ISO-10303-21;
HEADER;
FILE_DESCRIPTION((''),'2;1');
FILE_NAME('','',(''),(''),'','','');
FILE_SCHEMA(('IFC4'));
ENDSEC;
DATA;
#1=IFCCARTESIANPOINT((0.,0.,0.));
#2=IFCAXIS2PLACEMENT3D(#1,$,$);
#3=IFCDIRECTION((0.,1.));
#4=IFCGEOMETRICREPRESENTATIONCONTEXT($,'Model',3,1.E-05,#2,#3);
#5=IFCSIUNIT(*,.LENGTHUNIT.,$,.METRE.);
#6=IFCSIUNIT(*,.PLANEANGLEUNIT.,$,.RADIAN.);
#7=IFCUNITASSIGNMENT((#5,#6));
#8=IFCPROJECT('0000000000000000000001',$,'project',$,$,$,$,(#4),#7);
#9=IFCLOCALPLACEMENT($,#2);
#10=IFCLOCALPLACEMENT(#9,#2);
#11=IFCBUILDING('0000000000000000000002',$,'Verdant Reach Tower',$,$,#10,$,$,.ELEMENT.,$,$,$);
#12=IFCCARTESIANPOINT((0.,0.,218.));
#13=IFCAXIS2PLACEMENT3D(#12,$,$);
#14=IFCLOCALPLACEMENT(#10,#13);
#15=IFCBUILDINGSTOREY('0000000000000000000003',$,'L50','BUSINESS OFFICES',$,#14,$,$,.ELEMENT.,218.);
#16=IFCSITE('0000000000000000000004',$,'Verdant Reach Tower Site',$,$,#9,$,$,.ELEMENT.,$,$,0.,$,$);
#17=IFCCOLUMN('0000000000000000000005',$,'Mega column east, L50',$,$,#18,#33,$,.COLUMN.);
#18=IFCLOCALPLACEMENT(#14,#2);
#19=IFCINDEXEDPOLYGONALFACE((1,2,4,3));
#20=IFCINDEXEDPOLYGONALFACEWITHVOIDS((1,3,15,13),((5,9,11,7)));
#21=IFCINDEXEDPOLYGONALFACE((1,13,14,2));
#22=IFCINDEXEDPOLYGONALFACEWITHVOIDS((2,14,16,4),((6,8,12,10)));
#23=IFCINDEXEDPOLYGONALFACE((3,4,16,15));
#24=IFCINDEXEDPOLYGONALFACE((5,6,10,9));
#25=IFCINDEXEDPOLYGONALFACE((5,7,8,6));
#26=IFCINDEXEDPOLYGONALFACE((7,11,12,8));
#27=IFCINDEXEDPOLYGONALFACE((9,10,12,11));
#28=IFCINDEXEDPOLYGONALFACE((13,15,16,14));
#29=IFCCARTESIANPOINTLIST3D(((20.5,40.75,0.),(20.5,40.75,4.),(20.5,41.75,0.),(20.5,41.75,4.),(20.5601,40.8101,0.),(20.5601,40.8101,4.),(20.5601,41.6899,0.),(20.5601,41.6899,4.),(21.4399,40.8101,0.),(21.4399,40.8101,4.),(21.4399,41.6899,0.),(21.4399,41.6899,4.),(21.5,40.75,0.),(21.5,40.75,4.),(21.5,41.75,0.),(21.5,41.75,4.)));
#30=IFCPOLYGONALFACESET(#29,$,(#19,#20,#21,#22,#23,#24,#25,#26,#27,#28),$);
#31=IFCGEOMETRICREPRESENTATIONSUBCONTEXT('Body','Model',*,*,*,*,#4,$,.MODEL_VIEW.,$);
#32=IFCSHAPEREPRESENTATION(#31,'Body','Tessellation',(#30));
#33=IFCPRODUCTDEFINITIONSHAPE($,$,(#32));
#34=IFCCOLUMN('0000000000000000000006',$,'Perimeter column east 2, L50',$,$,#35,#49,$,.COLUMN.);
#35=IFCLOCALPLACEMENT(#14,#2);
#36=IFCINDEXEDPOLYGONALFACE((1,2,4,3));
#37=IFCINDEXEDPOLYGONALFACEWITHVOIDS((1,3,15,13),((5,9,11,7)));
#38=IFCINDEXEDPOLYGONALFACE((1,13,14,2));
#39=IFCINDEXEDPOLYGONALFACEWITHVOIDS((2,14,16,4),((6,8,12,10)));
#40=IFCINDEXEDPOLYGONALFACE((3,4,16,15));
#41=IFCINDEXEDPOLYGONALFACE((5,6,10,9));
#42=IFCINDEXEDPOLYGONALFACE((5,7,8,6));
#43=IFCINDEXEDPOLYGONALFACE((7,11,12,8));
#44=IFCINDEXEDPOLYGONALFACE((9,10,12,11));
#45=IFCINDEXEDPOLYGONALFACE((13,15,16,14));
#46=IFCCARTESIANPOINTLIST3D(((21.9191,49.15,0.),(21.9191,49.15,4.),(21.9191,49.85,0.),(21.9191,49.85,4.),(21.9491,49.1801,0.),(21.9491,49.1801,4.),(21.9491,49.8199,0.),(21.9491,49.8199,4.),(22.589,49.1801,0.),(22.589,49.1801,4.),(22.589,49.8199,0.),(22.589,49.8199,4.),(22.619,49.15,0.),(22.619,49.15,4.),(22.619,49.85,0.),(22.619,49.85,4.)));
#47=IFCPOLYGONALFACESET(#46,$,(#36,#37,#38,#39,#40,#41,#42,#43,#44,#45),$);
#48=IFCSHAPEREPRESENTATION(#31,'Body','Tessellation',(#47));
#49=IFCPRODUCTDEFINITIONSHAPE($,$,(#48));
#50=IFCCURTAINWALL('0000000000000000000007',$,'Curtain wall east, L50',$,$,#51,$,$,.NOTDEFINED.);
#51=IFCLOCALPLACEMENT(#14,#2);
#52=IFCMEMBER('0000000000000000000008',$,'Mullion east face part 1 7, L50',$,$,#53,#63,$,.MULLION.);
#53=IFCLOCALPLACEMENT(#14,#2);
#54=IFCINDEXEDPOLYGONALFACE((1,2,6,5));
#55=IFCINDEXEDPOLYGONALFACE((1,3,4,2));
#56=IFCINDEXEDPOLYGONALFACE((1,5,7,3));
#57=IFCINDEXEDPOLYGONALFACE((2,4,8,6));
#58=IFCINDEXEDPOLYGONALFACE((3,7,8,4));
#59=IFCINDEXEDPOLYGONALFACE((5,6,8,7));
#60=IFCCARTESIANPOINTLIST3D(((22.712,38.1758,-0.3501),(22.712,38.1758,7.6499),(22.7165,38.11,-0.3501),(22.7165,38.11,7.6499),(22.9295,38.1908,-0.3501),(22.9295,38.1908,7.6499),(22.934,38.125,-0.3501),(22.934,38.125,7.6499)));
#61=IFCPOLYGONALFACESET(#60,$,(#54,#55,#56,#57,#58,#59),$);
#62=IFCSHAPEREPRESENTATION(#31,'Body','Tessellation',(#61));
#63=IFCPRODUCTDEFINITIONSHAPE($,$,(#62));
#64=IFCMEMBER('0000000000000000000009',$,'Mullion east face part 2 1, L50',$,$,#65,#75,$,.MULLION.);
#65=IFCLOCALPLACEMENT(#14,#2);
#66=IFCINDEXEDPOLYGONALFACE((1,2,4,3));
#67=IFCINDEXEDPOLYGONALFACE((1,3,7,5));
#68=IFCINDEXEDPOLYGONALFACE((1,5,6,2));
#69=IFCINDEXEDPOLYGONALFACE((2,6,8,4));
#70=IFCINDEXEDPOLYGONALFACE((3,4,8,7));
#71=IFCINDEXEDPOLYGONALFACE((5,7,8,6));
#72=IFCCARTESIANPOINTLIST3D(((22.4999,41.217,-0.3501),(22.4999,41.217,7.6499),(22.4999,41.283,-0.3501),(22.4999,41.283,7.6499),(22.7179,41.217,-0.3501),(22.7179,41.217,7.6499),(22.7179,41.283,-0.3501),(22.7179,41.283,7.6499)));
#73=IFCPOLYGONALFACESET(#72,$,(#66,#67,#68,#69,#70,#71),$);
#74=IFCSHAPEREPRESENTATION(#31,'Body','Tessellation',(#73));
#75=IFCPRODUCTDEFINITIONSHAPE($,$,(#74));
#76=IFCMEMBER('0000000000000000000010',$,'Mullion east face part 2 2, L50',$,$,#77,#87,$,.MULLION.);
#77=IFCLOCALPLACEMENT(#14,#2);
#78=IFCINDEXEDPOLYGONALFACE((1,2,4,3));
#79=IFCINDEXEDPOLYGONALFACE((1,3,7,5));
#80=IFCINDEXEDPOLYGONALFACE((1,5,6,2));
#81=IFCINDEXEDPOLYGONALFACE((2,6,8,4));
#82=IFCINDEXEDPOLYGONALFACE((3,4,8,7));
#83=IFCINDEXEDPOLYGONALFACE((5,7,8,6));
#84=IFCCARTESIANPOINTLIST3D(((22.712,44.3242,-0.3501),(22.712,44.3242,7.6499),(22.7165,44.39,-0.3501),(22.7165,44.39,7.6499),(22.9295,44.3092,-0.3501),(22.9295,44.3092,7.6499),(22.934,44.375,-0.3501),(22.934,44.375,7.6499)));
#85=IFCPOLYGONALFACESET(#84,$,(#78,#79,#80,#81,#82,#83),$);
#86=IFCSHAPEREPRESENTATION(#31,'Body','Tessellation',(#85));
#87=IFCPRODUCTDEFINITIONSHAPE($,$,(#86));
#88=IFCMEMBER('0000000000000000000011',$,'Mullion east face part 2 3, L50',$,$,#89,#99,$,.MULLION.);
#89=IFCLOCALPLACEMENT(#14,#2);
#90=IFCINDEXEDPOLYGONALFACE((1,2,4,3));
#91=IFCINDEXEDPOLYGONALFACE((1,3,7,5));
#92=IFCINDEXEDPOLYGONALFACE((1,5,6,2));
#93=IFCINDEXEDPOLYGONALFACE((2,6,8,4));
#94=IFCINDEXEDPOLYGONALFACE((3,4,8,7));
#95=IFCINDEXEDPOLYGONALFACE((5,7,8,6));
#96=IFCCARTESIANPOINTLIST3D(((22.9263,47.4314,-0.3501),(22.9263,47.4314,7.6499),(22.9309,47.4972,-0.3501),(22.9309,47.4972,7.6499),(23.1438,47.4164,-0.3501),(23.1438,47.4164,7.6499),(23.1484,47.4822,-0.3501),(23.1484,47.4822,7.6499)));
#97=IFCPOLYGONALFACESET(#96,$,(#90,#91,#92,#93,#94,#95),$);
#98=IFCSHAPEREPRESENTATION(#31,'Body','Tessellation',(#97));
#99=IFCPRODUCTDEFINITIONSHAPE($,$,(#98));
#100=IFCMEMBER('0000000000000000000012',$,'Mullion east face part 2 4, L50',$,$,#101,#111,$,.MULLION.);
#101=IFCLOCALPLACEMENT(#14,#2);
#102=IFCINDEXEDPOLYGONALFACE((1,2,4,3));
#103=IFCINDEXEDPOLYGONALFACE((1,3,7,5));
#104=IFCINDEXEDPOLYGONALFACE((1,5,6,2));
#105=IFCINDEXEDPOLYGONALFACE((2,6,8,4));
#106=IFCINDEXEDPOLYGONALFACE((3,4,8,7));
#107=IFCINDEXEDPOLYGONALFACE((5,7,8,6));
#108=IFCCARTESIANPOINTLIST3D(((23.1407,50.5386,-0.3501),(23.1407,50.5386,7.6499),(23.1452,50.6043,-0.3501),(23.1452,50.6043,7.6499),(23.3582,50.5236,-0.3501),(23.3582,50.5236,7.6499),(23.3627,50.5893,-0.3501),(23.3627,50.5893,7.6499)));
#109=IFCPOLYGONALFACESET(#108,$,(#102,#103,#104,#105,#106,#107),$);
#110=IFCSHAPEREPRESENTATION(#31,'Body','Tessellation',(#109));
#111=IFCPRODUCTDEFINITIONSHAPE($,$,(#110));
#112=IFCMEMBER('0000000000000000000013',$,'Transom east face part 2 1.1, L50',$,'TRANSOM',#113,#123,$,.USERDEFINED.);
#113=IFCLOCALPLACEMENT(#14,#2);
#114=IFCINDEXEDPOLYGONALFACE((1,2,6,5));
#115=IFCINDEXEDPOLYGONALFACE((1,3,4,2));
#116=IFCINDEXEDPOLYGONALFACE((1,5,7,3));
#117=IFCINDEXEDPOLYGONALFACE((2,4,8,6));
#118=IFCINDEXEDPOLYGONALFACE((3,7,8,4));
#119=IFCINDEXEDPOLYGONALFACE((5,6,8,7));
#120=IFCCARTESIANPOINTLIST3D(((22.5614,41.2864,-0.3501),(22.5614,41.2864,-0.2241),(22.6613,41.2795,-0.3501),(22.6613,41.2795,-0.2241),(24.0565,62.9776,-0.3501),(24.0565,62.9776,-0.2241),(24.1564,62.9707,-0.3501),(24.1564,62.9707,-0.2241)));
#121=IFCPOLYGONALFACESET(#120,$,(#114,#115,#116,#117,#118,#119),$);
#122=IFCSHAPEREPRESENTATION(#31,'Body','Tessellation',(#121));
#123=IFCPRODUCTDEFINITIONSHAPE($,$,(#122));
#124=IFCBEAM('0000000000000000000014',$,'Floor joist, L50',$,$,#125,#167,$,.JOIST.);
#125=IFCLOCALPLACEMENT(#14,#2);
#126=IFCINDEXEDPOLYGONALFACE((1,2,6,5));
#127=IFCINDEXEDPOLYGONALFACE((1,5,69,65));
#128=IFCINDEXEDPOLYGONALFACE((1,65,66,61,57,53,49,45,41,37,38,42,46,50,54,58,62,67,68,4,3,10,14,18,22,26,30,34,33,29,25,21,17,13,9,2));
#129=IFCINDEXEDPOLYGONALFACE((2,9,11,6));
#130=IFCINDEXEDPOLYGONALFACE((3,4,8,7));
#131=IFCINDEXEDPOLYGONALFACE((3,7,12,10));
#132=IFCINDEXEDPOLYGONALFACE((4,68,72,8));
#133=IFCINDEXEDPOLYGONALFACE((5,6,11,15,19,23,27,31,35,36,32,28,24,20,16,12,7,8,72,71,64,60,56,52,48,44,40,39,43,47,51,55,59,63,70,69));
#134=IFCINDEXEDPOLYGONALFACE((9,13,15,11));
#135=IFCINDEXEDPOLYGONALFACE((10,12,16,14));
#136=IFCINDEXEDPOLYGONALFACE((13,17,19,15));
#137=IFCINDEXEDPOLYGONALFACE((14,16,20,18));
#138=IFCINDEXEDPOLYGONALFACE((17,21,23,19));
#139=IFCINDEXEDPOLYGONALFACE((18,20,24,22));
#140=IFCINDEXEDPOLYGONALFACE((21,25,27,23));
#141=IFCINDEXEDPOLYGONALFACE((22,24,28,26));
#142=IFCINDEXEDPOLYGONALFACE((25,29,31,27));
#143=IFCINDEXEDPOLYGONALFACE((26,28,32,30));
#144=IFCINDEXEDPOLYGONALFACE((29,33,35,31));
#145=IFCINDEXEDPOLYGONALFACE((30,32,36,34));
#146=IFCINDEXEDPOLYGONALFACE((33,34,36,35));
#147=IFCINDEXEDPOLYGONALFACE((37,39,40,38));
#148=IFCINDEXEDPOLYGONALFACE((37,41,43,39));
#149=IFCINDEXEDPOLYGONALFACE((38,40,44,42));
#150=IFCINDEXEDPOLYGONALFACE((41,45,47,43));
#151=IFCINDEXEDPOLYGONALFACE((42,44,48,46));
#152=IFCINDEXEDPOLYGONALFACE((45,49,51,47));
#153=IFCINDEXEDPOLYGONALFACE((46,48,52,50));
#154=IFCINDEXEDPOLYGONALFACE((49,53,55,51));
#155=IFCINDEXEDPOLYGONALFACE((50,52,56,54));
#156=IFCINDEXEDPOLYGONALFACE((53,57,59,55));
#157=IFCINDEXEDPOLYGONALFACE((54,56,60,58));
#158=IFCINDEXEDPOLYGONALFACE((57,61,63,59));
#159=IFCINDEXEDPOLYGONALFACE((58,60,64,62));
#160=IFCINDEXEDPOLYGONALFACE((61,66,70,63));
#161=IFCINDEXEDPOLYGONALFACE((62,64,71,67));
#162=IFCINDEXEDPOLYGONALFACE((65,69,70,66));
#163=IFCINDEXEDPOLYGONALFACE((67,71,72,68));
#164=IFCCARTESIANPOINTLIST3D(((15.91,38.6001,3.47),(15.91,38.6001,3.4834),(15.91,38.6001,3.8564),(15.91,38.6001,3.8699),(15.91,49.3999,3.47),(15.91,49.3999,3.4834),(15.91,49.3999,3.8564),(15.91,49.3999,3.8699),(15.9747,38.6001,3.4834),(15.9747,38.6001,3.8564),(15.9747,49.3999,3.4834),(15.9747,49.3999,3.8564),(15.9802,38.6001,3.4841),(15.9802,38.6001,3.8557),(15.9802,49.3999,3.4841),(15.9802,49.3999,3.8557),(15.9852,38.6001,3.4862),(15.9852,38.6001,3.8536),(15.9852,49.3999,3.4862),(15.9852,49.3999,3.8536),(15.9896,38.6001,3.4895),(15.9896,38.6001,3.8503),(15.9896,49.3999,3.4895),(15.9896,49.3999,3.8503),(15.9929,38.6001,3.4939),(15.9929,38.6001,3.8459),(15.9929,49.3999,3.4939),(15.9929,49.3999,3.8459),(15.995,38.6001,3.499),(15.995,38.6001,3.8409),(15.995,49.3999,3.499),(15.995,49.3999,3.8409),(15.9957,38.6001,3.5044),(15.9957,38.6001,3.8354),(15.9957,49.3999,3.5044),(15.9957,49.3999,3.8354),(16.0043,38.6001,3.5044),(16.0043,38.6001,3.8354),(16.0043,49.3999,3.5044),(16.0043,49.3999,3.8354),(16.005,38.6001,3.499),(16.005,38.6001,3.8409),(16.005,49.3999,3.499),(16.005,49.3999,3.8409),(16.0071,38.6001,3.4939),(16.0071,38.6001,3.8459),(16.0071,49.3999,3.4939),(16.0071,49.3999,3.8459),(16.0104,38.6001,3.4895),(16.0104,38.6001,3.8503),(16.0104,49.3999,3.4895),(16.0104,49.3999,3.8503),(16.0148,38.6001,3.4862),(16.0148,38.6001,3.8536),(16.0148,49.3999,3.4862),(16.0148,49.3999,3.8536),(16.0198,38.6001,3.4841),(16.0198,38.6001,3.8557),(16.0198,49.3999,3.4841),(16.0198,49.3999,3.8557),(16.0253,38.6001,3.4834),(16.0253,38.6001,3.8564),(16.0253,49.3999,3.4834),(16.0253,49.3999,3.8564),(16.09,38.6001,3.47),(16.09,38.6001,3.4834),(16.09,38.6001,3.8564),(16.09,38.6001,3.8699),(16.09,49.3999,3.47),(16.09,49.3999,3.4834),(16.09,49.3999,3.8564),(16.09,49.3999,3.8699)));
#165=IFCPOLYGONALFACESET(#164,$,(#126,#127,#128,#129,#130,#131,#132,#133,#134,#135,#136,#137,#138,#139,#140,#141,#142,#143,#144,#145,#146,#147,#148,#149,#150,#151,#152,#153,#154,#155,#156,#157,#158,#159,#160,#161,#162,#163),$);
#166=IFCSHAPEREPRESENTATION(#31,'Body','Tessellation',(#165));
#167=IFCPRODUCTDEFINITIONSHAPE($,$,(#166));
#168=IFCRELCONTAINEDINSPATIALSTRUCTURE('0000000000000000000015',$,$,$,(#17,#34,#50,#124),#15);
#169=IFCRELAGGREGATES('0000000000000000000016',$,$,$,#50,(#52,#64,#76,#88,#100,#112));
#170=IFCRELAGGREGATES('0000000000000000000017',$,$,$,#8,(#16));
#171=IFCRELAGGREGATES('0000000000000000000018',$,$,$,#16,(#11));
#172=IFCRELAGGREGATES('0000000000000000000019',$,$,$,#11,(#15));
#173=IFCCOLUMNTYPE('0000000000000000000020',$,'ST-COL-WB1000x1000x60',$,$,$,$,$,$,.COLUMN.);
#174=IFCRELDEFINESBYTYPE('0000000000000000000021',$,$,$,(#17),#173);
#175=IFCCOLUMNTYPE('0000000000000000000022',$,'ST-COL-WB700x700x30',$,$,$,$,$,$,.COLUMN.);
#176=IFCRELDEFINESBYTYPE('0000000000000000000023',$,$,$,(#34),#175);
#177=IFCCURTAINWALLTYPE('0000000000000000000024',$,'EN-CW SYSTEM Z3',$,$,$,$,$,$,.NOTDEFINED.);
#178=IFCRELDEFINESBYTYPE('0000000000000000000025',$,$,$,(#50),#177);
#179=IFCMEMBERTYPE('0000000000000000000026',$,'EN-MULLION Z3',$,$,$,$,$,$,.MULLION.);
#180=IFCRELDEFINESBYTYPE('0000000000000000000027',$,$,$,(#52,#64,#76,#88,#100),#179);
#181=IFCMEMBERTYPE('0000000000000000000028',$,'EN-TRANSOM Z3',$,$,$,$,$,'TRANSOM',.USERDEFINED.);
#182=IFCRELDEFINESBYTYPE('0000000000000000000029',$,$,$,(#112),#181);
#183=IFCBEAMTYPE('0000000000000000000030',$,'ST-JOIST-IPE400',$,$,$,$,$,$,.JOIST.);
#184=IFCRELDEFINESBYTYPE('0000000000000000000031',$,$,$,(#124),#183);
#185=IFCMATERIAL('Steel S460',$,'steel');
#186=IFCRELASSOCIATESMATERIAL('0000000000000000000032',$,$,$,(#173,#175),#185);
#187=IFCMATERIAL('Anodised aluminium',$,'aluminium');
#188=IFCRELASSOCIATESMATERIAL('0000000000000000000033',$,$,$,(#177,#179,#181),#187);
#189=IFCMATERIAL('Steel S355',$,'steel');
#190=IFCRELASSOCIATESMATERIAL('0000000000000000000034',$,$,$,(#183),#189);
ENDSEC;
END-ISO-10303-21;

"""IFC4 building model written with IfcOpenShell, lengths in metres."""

from ifc_helpers import new_model, si_unit, direction, frame, origin, origin_2d, place, context, subcontext, project, spatial, rectangle, hollow_rectangle, i_section, extrude, material, material_profile, profile_set, type_object, element, aggregate, save


model = new_model("IFC4")

# Units and contexts
model_context = context("Model", 3, precision=1e-05, world=origin(), true_north=direction((0.0, 1.0)))
body_context = subcontext(model_context, "Body", "Model", "MODEL_VIEW")
ifc_project = project(units=[si_unit("LENGTHUNIT", "METRE"), si_unit("PLANEANGLEUNIT", "RADIAN")], contexts=[model_context])

# Site, building, storey
site_placement = place(None, origin())
site = spatial("IfcSite", under=ifc_project, at=site_placement, Name="Verdant Reach Tower Site", CompositionType="ELEMENT", RefElevation=0.0)
building_placement = place(site_placement, origin())
building = spatial("IfcBuilding", under=site, at=building_placement, Name="Verdant Reach Tower", CompositionType="ELEMENT")
storey_placement = place(building_placement, frame((0.0, 0.0, 218.0)))
storey = spatial("IfcBuildingStorey", under=building, at=storey_placement, Name="L50", Description="BUSINESS OFFICES", CompositionType="ELEMENT", Elevation=218.0)

# Columns
ifc_material_1 = material(Name="Steel S460", Category="steel")
ifc_material_profile_1 = material_profile(ifc_material_1, hollow_rectangle(XDim=1.0, YDim=1.0, WallThickness=0.0601, at=origin_2d()), Name="WB 1000x1000x60")
ifc_profile_set_1 = profile_set([ifc_material_profile_1], Name="Steel S460")
column_type_1 = type_object("IfcColumnType", Name="ST-COL-WB1000x1000x60", PredefinedType="COLUMN", material=ifc_profile_set_1)
column_1_placement = place(storey_placement, frame((21.0, 41.25, 0.0), z_axis=(0.0, 0.0, 1.0), x_axis=(1.0, 0.0, 0.0)))
element("IfcColumn", 1, at=column_1_placement, inside=storey, type_object=column_type_1, Name="Mega column east, L50", PredefinedType="COLUMN", context=body_context, shape_type="SweptSolid", body=[
    extrude(hollow_rectangle(XDim=1.0, YDim=1.0, WallThickness=0.0601, at=origin_2d()), origin(), (0.0, 0.0, 1.0), 4.0),
])
ifc_material_profile_2 = material_profile(ifc_material_1, hollow_rectangle(XDim=0.7, YDim=0.7, WallThickness=0.03, at=origin_2d()), Name="WB 700x700x30")
ifc_profile_set_2 = profile_set([ifc_material_profile_2], Name="Steel S460")
column_type_2 = type_object("IfcColumnType", Name="ST-COL-WB700x700x30", PredefinedType="COLUMN", material=ifc_profile_set_2)
column_2_placement = place(storey_placement, frame((22.269, 49.5, 0.0), z_axis=(0.0, 0.0, 1.0), x_axis=(1.0, 0.0, 0.0)))
element("IfcColumn", 2, at=column_2_placement, inside=storey, type_object=column_type_2, Name="Perimeter column east 2, L50", PredefinedType="COLUMN", context=body_context, shape_type="SweptSolid", body=[
    extrude(hollow_rectangle(XDim=0.7, YDim=0.7, WallThickness=0.03, at=origin_2d()), origin(), (0.0, 0.0, 1.0), 4.0),
])

# Curtain wall, members
ifc_material_2 = material(Name="Anodised aluminium", Category="aluminium")
curtain_wall_type = type_object("IfcCurtainWallType", Name="EN-CW SYSTEM Z3", PredefinedType="NOTDEFINED", material=ifc_material_2)
curtain_wall_placement = place(storey_placement, origin())
curtain_wall = element("IfcCurtainWall", 3, at=curtain_wall_placement, inside=storey, type_object=curtain_wall_type, Name="Curtain wall east, L50", PredefinedType="NOTDEFINED")
ifc_material_profile_3 = material_profile(ifc_material_2, rectangle(XDim=0.218, YDim=0.0659, at=origin_2d()), Name="Mullion 66x218")
ifc_profile_set_3 = profile_set([ifc_material_profile_3], Name="Anodised aluminium")
member_type_1 = type_object("IfcMemberType", Name="EN-MULLION Z3", PredefinedType="MULLION", material=ifc_profile_set_3)
member_1_placement = place(storey_placement, frame((22.823, 38.1504, -0.3501), z_axis=(0.0, 0.0, 1.0), x_axis=(0.99763, 0.068802, 0.0)))
member_1 = element("IfcMember", 4, at=member_1_placement, type_object=member_type_1, Name="Mullion east face part 1 7, L50", PredefinedType="MULLION", context=body_context, shape_type="SweptSolid", body=[
    extrude(rectangle(XDim=0.218, YDim=0.0659, at=origin_2d()), origin(), (0.0, 0.0, 1.0), 8.0),
])
member_2_placement = place(storey_placement, frame((22.6089, 41.25, -0.3501), z_axis=(0.0, 0.0, 1.0), x_axis=(1.0, 0.0, 0.0)))
member_2 = element("IfcMember", 5, at=member_2_placement, type_object=member_type_1, Name="Mullion east face part 2 1, L50", PredefinedType="MULLION", context=body_context, shape_type="SweptSolid", body=[
    extrude(rectangle(XDim=0.218, YDim=0.0659, at=origin_2d()), origin(), (0.0, 0.0, 1.0), 8.0),
])
member_3_placement = place(storey_placement, frame((22.823, 44.3496, -0.3501), z_axis=(0.0, 0.0, 1.0), x_axis=(0.99763, -0.068802, 0.0)))
member_3 = element("IfcMember", 6, at=member_3_placement, type_object=member_type_1, Name="Mullion east face part 2 2, L50", PredefinedType="MULLION", context=body_context, shape_type="SweptSolid", body=[
    extrude(rectangle(XDim=0.218, YDim=0.0659, at=origin_2d()), origin(), (0.0, 0.0, 1.0), 8.0),
])
member_4_placement = place(storey_placement, frame((23.0374, 47.4568, -0.3501), z_axis=(0.0, 0.0, 1.0), x_axis=(0.99763, -0.068802, 0.0)))
member_4 = element("IfcMember", 7, at=member_4_placement, type_object=member_type_1, Name="Mullion east face part 2 3, L50", PredefinedType="MULLION", context=body_context, shape_type="SweptSolid", body=[
    extrude(rectangle(XDim=0.218, YDim=0.0659, at=origin_2d()), origin(), (0.0, 0.0, 1.0), 8.0),
])
member_5_placement = place(storey_placement, frame((23.2517, 50.564, -0.3501), z_axis=(0.0, 0.0, 1.0), x_axis=(0.99763, -0.068802, 0.0)))
member_5 = element("IfcMember", 8, at=member_5_placement, type_object=member_type_1, Name="Mullion east face part 2 4, L50", PredefinedType="MULLION", context=body_context, shape_type="SweptSolid", body=[
    extrude(rectangle(XDim=0.218, YDim=0.0659, at=origin_2d()), origin(), (0.0, 0.0, 1.0), 8.0),
])
ifc_material_profile_4 = material_profile(ifc_material_2, rectangle(XDim=0.1001, YDim=0.126, at=origin_2d()), Name="Transom 126x100")
ifc_profile_set_4 = profile_set([ifc_material_profile_4], Name="Anodised aluminium")
member_type_2 = type_object("IfcMemberType", Name="EN-TRANSOM Z3", ElementType="TRANSOM", PredefinedType="USERDEFINED", material=ifc_profile_set_4)
member_6_placement = place(storey_placement, frame((22.6113, 41.283, -0.2871), z_axis=(0.068764, 0.997633, 0.0), x_axis=(-0.997633, 0.068764, 0.0)))
member_6 = element("IfcMember", 9, at=member_6_placement, type_object=member_type_2, Name="Transom east face part 2 1.1, L50", ObjectType="TRANSOM", PredefinedType="USERDEFINED", context=body_context, shape_type="SweptSolid", body=[
    extrude(rectangle(XDim=0.1001, YDim=0.126, at=origin_2d()), origin(), (0.0, 0.0, 1.0), 21.7427),
])

# Beam
ifc_material_3 = material(Name="Steel S355", Category="steel")
ifc_material_profile_5 = material_profile(ifc_material_3, i_section(OverallWidth=0.1799, OverallDepth=0.3999, WebThickness=0.0085, FlangeThickness=0.0134, FilletRadius=0.021, at=origin_2d()), Name="IPE 400")
ifc_profile_set_5 = profile_set([ifc_material_profile_5], Name="Steel S355")
beam_type_1 = type_object("IfcBeamType", Name="ST-JOIST-IPE400", PredefinedType="JOIST", material=ifc_profile_set_5)
for number, where, z_axis, x_axis, name in (
    (10, (16.0, 38.6001, 3.6699), (0.0, 1.0, 0.0), (-1.0, 0.0, 0.0), "Floor joist, L50"),
):
    element("IfcBeam", number, at=place(storey_placement, frame(where, z_axis=z_axis, x_axis=x_axis)), inside=storey, type_object=beam_type_1, Name=name, PredefinedType="JOIST", context=body_context, shape_type="SweptSolid", body=[
        extrude(i_section(OverallWidth=0.1799, OverallDepth=0.3999, WebThickness=0.0085, FlangeThickness=0.0134, FilletRadius=0.021, at=origin_2d()), origin(), (0.0, 0.0, 1.0), 10.7998),
    ])

aggregate(curtain_wall, [member_1, member_2, member_3, member_4, member_5, member_6])

save(model, "model.ifc")
